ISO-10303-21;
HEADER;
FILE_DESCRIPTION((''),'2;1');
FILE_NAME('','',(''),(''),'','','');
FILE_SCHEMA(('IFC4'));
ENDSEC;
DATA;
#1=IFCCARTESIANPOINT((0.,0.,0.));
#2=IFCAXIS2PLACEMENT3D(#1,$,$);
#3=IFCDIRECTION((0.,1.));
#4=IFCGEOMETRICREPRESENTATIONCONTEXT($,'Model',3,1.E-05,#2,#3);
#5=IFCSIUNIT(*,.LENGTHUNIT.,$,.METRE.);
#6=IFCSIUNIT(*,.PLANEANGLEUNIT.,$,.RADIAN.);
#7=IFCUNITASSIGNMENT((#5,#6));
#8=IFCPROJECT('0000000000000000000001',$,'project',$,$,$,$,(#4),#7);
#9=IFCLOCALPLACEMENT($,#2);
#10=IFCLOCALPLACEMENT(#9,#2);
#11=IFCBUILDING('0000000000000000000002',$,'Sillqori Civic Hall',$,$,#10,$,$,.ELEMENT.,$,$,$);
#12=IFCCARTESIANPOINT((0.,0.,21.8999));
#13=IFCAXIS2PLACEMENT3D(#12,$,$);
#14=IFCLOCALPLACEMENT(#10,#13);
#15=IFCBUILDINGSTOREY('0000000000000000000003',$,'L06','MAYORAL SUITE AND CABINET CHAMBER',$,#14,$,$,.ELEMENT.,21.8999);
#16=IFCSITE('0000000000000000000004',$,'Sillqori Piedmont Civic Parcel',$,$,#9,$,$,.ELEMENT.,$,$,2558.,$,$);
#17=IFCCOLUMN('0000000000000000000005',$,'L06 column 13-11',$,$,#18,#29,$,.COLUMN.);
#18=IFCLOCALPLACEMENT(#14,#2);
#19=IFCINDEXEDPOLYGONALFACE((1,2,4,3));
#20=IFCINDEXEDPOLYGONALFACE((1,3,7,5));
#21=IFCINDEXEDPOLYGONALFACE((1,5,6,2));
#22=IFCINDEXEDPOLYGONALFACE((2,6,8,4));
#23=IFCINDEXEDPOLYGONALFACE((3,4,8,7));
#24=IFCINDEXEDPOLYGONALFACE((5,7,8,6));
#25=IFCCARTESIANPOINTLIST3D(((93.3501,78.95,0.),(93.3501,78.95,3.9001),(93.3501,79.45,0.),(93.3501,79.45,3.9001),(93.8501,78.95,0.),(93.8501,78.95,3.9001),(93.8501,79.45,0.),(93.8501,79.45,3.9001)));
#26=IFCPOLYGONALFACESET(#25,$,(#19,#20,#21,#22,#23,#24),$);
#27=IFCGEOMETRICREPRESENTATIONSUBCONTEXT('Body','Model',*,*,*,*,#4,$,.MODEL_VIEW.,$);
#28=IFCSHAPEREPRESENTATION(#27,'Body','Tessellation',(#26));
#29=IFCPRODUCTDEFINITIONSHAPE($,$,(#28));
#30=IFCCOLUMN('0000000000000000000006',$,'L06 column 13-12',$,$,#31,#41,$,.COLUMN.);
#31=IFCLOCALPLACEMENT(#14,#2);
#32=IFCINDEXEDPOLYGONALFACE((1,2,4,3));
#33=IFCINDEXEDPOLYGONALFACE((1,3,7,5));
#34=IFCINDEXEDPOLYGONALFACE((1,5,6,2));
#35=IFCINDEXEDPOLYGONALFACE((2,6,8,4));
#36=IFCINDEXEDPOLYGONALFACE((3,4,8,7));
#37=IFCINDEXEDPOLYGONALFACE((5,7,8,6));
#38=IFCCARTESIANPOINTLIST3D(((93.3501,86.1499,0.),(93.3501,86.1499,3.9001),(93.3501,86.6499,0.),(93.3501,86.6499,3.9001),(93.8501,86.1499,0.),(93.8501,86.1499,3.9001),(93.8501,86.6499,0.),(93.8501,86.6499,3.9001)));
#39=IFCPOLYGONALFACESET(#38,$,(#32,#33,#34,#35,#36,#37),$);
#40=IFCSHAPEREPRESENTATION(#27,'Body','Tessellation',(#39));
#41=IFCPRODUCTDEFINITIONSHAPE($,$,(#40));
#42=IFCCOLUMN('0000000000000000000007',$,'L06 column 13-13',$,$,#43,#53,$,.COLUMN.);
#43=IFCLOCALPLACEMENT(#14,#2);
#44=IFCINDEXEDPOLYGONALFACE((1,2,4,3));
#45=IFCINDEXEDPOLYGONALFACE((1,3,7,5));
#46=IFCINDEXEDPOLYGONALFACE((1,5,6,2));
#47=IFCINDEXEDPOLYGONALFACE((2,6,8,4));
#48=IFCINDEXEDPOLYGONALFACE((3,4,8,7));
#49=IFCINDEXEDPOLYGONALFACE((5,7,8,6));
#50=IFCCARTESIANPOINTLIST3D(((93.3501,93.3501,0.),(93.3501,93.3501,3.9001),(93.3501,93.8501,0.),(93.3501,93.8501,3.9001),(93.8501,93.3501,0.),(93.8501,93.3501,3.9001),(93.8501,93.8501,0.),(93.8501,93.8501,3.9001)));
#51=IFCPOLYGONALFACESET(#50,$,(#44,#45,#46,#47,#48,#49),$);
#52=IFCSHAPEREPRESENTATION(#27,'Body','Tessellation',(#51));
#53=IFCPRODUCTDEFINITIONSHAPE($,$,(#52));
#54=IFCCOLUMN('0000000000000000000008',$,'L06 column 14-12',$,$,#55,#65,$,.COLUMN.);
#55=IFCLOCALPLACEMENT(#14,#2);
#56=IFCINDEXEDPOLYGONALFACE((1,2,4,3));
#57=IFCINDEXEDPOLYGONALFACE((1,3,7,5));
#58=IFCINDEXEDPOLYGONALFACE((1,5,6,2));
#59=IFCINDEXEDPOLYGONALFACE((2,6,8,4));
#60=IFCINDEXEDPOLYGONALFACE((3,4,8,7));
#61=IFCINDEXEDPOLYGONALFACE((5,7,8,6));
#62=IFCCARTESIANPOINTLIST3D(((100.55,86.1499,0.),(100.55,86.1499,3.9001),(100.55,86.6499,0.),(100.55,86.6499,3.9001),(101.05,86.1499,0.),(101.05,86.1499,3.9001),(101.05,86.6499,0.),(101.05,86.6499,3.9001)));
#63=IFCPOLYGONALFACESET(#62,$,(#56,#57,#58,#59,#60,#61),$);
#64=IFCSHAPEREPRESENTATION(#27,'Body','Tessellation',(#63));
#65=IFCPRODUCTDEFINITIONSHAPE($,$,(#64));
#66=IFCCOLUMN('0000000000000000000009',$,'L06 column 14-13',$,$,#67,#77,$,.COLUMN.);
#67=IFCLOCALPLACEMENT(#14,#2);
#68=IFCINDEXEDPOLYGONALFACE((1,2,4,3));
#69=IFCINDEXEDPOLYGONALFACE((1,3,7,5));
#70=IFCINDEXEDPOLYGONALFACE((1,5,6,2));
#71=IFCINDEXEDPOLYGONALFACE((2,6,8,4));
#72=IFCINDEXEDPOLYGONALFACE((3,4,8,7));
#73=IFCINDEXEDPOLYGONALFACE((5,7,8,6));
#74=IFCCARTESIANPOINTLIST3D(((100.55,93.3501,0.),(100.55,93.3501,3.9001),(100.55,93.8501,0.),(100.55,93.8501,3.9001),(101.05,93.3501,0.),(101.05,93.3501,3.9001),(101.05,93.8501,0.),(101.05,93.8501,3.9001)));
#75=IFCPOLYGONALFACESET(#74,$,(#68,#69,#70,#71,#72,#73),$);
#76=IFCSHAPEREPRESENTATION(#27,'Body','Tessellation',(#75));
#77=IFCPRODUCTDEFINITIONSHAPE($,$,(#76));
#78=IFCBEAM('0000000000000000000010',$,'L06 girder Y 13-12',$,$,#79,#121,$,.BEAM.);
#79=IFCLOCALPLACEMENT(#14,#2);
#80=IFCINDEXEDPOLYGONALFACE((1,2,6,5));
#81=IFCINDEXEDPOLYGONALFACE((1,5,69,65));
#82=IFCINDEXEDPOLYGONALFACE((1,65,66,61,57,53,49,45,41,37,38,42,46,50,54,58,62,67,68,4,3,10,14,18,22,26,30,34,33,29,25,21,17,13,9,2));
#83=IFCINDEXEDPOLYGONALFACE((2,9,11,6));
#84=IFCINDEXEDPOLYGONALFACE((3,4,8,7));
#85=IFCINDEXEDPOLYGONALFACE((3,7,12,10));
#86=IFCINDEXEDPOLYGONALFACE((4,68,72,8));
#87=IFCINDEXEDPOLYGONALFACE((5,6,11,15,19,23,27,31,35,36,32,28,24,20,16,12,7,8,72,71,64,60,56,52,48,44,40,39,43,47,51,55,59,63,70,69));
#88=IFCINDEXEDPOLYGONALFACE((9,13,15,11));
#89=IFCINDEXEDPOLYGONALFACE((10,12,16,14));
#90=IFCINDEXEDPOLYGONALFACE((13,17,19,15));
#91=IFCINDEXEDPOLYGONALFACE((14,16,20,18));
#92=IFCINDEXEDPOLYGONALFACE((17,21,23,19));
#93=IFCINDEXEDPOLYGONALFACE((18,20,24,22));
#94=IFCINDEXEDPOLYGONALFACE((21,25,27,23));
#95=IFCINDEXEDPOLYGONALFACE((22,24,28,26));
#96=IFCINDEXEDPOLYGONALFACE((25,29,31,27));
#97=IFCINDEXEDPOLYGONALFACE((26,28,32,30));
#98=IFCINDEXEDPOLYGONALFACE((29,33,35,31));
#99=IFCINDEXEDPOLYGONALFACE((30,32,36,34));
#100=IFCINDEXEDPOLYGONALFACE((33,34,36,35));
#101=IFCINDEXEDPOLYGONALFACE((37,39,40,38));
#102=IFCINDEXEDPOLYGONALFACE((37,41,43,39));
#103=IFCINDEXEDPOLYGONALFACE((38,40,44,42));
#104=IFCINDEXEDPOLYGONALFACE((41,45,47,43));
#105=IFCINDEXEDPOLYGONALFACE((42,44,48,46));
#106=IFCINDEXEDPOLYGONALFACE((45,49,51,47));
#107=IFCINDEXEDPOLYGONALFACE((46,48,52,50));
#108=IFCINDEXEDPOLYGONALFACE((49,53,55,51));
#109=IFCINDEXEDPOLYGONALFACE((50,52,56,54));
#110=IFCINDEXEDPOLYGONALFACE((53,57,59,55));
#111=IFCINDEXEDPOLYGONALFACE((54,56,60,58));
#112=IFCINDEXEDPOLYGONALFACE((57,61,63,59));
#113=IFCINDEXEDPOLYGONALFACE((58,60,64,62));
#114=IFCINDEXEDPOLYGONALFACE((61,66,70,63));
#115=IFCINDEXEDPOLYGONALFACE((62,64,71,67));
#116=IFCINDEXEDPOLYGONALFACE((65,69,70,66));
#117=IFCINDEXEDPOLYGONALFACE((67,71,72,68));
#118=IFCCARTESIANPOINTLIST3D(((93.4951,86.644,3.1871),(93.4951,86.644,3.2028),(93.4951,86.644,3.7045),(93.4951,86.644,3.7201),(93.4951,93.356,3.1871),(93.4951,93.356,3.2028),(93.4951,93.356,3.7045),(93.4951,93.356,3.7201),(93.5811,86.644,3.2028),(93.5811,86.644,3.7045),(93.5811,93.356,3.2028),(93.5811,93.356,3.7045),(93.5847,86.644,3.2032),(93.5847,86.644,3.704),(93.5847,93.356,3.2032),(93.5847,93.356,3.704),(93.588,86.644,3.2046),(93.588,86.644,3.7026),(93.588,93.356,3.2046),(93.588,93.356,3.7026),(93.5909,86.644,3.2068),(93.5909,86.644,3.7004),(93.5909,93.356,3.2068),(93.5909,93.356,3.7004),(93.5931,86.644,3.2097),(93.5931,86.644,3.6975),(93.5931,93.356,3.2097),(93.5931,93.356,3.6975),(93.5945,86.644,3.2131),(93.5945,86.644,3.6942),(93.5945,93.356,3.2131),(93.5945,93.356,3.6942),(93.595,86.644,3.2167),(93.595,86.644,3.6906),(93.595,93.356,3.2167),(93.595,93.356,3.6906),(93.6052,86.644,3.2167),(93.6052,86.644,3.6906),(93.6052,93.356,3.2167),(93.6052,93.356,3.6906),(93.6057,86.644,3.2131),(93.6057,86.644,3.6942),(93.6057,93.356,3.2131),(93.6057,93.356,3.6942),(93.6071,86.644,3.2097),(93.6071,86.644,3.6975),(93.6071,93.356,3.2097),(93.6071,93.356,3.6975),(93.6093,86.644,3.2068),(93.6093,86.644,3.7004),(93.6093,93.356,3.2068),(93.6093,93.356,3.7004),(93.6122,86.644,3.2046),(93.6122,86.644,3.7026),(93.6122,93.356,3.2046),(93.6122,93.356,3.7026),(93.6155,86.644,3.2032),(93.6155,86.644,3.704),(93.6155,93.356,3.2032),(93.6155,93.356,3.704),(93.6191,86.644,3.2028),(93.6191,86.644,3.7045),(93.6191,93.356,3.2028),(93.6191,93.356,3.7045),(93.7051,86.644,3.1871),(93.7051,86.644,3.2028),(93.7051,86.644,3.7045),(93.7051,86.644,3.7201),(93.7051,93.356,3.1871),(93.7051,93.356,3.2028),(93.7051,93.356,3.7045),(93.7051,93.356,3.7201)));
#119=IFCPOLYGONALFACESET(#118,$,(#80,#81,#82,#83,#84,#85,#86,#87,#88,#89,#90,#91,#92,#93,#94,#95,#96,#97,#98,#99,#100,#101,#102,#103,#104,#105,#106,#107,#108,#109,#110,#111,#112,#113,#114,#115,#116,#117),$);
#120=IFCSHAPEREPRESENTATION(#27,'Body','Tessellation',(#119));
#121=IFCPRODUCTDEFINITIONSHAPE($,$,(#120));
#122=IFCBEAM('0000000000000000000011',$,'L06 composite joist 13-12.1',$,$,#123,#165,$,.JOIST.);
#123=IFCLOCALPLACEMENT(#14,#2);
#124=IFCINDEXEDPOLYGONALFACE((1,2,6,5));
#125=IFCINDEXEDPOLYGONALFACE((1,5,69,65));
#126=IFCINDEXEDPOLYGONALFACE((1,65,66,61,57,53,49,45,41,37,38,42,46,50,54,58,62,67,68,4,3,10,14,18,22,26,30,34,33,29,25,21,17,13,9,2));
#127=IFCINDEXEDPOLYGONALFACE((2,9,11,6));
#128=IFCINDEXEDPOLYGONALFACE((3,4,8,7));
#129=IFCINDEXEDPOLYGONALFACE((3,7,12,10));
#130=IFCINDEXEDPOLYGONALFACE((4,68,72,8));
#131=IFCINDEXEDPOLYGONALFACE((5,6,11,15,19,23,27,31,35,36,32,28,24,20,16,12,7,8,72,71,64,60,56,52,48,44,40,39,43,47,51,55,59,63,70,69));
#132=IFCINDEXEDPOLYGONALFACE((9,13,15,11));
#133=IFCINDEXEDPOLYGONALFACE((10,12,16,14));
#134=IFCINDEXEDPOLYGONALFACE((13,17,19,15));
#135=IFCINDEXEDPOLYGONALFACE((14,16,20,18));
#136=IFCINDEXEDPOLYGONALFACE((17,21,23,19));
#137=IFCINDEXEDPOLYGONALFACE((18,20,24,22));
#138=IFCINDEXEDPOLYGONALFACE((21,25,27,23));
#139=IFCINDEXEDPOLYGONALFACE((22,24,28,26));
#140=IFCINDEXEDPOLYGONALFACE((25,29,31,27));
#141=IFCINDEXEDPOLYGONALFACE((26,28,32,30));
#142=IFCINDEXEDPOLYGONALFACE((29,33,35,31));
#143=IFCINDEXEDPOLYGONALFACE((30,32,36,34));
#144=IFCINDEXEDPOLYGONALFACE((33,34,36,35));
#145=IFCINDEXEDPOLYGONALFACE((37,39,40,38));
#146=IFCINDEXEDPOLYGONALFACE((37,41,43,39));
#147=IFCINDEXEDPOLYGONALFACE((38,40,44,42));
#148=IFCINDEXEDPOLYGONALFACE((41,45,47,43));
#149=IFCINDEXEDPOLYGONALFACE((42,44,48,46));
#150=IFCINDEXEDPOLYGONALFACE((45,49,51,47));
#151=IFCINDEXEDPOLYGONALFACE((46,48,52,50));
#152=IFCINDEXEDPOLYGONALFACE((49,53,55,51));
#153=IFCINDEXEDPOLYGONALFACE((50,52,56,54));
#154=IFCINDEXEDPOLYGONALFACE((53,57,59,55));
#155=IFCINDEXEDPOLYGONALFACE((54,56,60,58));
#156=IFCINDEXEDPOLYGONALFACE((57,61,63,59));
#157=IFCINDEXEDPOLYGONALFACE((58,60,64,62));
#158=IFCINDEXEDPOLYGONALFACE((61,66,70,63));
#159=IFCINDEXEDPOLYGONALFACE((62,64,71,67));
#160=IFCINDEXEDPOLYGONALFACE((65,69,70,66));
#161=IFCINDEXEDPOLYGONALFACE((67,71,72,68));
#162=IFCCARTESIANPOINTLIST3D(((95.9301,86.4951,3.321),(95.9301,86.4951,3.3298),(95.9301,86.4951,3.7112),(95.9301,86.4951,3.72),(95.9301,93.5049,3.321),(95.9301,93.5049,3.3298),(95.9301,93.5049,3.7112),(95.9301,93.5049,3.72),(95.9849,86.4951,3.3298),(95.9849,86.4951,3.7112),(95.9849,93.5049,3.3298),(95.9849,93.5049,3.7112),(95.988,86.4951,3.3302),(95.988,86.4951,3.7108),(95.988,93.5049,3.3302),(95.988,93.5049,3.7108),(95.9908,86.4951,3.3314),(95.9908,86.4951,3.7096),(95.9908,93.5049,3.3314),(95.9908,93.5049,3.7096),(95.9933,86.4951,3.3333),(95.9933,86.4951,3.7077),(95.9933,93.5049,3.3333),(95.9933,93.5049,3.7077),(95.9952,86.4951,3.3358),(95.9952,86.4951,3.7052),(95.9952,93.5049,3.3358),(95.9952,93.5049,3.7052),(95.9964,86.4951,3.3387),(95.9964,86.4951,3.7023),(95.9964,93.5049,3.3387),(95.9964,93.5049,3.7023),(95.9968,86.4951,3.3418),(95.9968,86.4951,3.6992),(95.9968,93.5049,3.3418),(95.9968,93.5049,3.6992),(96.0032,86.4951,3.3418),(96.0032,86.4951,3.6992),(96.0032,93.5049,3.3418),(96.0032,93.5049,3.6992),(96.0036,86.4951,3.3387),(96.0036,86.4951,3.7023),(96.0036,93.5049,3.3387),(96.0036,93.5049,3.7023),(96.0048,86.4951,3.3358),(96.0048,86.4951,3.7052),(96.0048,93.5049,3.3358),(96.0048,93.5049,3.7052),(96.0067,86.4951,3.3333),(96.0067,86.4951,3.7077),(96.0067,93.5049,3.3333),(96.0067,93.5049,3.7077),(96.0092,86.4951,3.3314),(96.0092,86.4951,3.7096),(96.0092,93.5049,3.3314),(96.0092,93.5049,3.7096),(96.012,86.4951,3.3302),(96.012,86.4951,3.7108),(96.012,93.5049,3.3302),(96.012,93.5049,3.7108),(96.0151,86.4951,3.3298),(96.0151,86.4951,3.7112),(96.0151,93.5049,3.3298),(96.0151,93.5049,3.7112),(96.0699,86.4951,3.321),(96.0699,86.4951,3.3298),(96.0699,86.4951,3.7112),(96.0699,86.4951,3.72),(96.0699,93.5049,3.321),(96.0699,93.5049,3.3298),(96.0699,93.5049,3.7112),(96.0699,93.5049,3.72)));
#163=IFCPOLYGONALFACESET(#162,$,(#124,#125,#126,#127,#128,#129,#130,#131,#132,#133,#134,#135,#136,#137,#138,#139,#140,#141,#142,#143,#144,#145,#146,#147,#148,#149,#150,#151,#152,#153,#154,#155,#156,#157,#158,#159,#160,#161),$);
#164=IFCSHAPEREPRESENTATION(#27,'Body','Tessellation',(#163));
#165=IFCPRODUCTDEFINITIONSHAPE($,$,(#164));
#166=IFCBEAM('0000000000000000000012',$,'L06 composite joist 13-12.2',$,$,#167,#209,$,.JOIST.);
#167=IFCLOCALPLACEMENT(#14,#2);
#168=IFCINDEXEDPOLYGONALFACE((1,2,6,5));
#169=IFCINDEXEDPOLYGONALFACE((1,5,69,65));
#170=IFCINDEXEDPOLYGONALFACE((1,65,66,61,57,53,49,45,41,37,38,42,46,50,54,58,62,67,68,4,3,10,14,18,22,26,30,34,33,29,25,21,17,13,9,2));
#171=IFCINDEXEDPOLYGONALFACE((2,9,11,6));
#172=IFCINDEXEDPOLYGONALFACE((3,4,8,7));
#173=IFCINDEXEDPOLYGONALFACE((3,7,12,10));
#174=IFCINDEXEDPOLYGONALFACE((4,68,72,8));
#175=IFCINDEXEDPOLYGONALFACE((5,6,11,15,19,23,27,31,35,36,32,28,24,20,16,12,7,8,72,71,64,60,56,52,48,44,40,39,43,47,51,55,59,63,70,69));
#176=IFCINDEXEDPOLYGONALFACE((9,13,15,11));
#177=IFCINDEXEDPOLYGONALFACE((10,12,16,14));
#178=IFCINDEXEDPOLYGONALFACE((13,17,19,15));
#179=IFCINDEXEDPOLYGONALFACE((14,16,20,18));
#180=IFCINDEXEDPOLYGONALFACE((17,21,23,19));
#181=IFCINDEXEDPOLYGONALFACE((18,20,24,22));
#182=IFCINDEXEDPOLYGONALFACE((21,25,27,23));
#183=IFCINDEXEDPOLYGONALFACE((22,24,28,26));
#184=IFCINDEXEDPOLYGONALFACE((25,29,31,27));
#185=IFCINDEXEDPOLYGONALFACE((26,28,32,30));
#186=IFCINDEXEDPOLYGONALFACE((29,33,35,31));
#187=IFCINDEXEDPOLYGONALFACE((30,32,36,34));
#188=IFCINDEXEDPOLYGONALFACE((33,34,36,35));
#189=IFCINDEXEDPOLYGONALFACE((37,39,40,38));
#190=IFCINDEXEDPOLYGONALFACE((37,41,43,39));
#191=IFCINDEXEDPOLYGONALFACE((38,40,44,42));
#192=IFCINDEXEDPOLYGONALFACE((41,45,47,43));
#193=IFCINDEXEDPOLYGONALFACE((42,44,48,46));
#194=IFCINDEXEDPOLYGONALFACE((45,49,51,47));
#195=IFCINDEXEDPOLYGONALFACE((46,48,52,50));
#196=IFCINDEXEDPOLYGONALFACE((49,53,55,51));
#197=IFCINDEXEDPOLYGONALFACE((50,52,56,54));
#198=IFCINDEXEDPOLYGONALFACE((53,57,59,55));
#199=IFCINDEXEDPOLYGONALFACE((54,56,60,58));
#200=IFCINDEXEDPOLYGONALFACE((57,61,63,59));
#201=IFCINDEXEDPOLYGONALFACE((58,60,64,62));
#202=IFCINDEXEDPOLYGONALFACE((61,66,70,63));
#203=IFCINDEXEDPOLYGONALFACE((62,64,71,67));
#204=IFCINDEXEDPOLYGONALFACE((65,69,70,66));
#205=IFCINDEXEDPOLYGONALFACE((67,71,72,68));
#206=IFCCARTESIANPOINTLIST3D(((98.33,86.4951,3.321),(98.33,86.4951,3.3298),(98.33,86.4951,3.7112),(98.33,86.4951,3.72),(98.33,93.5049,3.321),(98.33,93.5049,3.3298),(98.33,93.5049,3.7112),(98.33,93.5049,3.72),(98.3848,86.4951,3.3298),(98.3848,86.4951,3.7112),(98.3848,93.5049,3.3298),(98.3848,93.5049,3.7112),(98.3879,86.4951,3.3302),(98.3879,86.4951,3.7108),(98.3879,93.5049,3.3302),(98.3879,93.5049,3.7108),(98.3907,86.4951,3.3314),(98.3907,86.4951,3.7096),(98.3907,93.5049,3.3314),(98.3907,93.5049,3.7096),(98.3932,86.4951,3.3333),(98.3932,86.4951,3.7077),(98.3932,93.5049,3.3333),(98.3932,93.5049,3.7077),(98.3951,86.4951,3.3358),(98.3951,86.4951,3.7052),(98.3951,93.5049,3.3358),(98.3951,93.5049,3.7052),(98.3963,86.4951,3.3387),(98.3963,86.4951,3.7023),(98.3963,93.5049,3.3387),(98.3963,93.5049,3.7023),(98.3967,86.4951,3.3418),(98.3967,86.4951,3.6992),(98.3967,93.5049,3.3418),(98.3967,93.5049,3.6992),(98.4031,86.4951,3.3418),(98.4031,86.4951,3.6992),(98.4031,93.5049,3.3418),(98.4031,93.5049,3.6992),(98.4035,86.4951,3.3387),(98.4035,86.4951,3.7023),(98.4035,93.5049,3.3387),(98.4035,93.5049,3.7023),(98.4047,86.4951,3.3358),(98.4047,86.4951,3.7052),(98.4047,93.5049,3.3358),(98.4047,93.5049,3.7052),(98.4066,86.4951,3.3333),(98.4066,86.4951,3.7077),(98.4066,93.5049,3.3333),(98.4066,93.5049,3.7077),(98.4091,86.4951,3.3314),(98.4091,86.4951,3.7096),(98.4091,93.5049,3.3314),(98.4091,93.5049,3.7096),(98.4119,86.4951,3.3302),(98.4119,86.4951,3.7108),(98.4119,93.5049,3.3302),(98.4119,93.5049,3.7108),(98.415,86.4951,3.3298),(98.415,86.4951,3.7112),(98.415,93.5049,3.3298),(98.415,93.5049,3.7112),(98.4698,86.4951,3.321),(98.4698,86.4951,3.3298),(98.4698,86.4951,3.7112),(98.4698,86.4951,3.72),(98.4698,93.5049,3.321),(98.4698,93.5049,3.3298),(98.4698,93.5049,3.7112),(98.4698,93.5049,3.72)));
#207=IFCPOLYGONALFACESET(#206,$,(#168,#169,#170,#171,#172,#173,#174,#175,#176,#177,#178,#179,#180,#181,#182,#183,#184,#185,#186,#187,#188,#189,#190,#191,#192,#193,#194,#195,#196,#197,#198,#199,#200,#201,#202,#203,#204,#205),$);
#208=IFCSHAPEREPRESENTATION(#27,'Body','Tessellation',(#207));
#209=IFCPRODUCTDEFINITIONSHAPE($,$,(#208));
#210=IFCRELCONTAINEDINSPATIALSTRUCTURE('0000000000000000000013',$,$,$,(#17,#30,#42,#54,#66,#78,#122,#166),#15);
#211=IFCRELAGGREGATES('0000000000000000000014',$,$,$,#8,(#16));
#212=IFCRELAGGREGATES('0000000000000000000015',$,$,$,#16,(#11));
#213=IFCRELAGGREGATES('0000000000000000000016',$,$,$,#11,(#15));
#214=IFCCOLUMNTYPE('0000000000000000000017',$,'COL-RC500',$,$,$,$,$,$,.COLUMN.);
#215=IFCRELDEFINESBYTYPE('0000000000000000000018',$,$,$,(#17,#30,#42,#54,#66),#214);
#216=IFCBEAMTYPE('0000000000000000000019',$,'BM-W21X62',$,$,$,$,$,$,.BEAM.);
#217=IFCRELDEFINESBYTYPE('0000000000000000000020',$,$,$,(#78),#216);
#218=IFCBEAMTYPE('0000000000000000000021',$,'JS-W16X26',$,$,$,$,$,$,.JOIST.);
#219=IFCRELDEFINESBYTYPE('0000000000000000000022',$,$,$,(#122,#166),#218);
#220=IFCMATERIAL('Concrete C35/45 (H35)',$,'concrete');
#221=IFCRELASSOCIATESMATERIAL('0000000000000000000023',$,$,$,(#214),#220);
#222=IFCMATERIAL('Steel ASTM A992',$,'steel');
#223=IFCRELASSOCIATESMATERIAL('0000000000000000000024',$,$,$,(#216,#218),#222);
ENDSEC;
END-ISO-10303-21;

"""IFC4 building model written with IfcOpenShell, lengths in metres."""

from ifc_helpers import new_model, si_unit, direction, frame, origin, origin_2d, place, context, subcontext, project, spatial, rectangle, i_section, extrude, material, material_profile, profile_set, type_object, element, save


model = new_model("IFC4")

# Units and contexts
model_context = context("Model", 3, precision=1e-05, world=origin(), true_north=direction((0.0, 1.0)))
body_context = subcontext(model_context, "Body", "Model", "MODEL_VIEW")
ifc_project = project(units=[si_unit("LENGTHUNIT", "METRE"), si_unit("PLANEANGLEUNIT", "RADIAN")], contexts=[model_context])

# Site, building, storey
site_placement = place(None, origin())
site = spatial("IfcSite", under=ifc_project, at=site_placement, Name="Sillqori Piedmont Civic Parcel", CompositionType="ELEMENT", RefElevation=2558.0)
building_placement = place(site_placement, origin())
building = spatial("IfcBuilding", under=site, at=building_placement, Name="Sillqori Civic Hall", CompositionType="ELEMENT")
storey_placement = place(building_placement, frame((0.0, 0.0, 21.8999)))
storey = spatial("IfcBuildingStorey", under=building, at=storey_placement, Name="L06", Description="MAYORAL SUITE AND CABINET CHAMBER", CompositionType="ELEMENT", Elevation=21.8999)

# Columns
ifc_material_1 = material(Name="Concrete C35/45 (H35)", Category="concrete")
ifc_material_profile_1 = material_profile(ifc_material_1, rectangle(XDim=0.5, YDim=0.5, at=origin_2d()), Name="RC 500x500")
ifc_profile_set_1 = profile_set([ifc_material_profile_1], Name="Concrete C35/45 (H35)")
column_type = type_object("IfcColumnType", Name="COL-RC500", PredefinedType="COLUMN", material=ifc_profile_set_1)
for number, where, z_axis, x_axis, name in (
    (1, (93.6001, 79.2, 0.0), (0.0, 0.0, 1.0), (1.0, 0.0, 0.0), "L06 column 13-11"),
    (2, (93.6001, 86.3999, 0.0), (0.0, 0.0, 1.0), (1.0, 0.0, 0.0), "L06 column 13-12"),
    (3, (93.6001, 93.6001, 0.0), (0.0, 0.0, 1.0), (1.0, 0.0, 0.0), "L06 column 13-13"),
    (4, (100.8, 86.3999, 0.0), (0.0, 0.0, 1.0), (1.0, 0.0, 0.0), "L06 column 14-12"),
    (5, (100.8, 93.6001, 0.0), (0.0, 0.0, 1.0), (1.0, 0.0, 0.0), "L06 column 14-13"),
):
    element("IfcColumn", number, at=place(storey_placement, frame(where, z_axis=z_axis, x_axis=x_axis)), inside=storey, type_object=column_type, Name=name, PredefinedType="COLUMN", context=body_context, shape_type="SweptSolid", body=[
        extrude(rectangle(XDim=0.5, YDim=0.5, at=origin_2d()), origin(), (0.0, 0.0, 1.0), 3.9001),
    ])

# Beams
ifc_material_2 = material(Name="Steel ASTM A992", Category="steel")
ifc_material_profile_2 = material_profile(ifc_material_2, i_section(OverallWidth=0.21, OverallDepth=0.533, WebThickness=0.0103, FlangeThickness=0.0156, FilletRadius=0.0139, at=origin_2d()), Name="W21X62")
ifc_profile_set_2 = profile_set([ifc_material_profile_2], Name="Steel ASTM A992")
beam_type_1 = type_object("IfcBeamType", Name="BM-W21X62", PredefinedType="BEAM", material=ifc_profile_set_2)
beam_1_placement = place(storey_placement, frame((93.6001, 86.644, 3.4536), z_axis=(0.0, 1.0, 0.0), x_axis=(-1.0, 0.0, 0.0)))
element("IfcBeam", 6, at=beam_1_placement, inside=storey, type_object=beam_type_1, Name="L06 girder Y 13-12", PredefinedType="BEAM", context=body_context, shape_type="SweptSolid", body=[
    extrude(i_section(OverallWidth=0.21, OverallDepth=0.533, WebThickness=0.0103, FlangeThickness=0.0156, FilletRadius=0.0139, at=origin_2d()), origin(), (0.0, 0.0, 1.0), 6.7119),
])
ifc_material_profile_3 = material_profile(ifc_material_2, i_section(OverallWidth=0.1399, OverallDepth=0.3989, WebThickness=0.0063, FlangeThickness=0.0088, FilletRadius=0.012, at=origin_2d()), Name="W16X26")
ifc_profile_set_3 = profile_set([ifc_material_profile_3], Name="Steel ASTM A992")
beam_type_2 = type_object("IfcBeamType", Name="JS-W16X26", PredefinedType="JOIST", material=ifc_profile_set_3)
for number, where, z_axis, x_axis, name in (
    (7, (96.0, 86.4951, 3.5205), (0.0, 1.0, 0.0), (-1.0, 0.0, 0.0), "L06 composite joist 13-12.1"),
    (8, (98.3999, 86.4951, 3.5205), (0.0, 1.0, 0.0), (-1.0, 0.0, 0.0), "L06 composite joist 13-12.2"),
):
    element("IfcBeam", number, at=place(storey_placement, frame(where, z_axis=z_axis, x_axis=x_axis)), inside=storey, type_object=beam_type_2, Name=name, PredefinedType="JOIST", context=body_context, shape_type="SweptSolid", body=[
        extrude(i_section(OverallWidth=0.1399, OverallDepth=0.3989, WebThickness=0.0063, FlangeThickness=0.0088, FilletRadius=0.012, at=origin_2d()), origin(), (0.0, 0.0, 1.0), 7.0098),
    ])

save(model, "model.ifc")
